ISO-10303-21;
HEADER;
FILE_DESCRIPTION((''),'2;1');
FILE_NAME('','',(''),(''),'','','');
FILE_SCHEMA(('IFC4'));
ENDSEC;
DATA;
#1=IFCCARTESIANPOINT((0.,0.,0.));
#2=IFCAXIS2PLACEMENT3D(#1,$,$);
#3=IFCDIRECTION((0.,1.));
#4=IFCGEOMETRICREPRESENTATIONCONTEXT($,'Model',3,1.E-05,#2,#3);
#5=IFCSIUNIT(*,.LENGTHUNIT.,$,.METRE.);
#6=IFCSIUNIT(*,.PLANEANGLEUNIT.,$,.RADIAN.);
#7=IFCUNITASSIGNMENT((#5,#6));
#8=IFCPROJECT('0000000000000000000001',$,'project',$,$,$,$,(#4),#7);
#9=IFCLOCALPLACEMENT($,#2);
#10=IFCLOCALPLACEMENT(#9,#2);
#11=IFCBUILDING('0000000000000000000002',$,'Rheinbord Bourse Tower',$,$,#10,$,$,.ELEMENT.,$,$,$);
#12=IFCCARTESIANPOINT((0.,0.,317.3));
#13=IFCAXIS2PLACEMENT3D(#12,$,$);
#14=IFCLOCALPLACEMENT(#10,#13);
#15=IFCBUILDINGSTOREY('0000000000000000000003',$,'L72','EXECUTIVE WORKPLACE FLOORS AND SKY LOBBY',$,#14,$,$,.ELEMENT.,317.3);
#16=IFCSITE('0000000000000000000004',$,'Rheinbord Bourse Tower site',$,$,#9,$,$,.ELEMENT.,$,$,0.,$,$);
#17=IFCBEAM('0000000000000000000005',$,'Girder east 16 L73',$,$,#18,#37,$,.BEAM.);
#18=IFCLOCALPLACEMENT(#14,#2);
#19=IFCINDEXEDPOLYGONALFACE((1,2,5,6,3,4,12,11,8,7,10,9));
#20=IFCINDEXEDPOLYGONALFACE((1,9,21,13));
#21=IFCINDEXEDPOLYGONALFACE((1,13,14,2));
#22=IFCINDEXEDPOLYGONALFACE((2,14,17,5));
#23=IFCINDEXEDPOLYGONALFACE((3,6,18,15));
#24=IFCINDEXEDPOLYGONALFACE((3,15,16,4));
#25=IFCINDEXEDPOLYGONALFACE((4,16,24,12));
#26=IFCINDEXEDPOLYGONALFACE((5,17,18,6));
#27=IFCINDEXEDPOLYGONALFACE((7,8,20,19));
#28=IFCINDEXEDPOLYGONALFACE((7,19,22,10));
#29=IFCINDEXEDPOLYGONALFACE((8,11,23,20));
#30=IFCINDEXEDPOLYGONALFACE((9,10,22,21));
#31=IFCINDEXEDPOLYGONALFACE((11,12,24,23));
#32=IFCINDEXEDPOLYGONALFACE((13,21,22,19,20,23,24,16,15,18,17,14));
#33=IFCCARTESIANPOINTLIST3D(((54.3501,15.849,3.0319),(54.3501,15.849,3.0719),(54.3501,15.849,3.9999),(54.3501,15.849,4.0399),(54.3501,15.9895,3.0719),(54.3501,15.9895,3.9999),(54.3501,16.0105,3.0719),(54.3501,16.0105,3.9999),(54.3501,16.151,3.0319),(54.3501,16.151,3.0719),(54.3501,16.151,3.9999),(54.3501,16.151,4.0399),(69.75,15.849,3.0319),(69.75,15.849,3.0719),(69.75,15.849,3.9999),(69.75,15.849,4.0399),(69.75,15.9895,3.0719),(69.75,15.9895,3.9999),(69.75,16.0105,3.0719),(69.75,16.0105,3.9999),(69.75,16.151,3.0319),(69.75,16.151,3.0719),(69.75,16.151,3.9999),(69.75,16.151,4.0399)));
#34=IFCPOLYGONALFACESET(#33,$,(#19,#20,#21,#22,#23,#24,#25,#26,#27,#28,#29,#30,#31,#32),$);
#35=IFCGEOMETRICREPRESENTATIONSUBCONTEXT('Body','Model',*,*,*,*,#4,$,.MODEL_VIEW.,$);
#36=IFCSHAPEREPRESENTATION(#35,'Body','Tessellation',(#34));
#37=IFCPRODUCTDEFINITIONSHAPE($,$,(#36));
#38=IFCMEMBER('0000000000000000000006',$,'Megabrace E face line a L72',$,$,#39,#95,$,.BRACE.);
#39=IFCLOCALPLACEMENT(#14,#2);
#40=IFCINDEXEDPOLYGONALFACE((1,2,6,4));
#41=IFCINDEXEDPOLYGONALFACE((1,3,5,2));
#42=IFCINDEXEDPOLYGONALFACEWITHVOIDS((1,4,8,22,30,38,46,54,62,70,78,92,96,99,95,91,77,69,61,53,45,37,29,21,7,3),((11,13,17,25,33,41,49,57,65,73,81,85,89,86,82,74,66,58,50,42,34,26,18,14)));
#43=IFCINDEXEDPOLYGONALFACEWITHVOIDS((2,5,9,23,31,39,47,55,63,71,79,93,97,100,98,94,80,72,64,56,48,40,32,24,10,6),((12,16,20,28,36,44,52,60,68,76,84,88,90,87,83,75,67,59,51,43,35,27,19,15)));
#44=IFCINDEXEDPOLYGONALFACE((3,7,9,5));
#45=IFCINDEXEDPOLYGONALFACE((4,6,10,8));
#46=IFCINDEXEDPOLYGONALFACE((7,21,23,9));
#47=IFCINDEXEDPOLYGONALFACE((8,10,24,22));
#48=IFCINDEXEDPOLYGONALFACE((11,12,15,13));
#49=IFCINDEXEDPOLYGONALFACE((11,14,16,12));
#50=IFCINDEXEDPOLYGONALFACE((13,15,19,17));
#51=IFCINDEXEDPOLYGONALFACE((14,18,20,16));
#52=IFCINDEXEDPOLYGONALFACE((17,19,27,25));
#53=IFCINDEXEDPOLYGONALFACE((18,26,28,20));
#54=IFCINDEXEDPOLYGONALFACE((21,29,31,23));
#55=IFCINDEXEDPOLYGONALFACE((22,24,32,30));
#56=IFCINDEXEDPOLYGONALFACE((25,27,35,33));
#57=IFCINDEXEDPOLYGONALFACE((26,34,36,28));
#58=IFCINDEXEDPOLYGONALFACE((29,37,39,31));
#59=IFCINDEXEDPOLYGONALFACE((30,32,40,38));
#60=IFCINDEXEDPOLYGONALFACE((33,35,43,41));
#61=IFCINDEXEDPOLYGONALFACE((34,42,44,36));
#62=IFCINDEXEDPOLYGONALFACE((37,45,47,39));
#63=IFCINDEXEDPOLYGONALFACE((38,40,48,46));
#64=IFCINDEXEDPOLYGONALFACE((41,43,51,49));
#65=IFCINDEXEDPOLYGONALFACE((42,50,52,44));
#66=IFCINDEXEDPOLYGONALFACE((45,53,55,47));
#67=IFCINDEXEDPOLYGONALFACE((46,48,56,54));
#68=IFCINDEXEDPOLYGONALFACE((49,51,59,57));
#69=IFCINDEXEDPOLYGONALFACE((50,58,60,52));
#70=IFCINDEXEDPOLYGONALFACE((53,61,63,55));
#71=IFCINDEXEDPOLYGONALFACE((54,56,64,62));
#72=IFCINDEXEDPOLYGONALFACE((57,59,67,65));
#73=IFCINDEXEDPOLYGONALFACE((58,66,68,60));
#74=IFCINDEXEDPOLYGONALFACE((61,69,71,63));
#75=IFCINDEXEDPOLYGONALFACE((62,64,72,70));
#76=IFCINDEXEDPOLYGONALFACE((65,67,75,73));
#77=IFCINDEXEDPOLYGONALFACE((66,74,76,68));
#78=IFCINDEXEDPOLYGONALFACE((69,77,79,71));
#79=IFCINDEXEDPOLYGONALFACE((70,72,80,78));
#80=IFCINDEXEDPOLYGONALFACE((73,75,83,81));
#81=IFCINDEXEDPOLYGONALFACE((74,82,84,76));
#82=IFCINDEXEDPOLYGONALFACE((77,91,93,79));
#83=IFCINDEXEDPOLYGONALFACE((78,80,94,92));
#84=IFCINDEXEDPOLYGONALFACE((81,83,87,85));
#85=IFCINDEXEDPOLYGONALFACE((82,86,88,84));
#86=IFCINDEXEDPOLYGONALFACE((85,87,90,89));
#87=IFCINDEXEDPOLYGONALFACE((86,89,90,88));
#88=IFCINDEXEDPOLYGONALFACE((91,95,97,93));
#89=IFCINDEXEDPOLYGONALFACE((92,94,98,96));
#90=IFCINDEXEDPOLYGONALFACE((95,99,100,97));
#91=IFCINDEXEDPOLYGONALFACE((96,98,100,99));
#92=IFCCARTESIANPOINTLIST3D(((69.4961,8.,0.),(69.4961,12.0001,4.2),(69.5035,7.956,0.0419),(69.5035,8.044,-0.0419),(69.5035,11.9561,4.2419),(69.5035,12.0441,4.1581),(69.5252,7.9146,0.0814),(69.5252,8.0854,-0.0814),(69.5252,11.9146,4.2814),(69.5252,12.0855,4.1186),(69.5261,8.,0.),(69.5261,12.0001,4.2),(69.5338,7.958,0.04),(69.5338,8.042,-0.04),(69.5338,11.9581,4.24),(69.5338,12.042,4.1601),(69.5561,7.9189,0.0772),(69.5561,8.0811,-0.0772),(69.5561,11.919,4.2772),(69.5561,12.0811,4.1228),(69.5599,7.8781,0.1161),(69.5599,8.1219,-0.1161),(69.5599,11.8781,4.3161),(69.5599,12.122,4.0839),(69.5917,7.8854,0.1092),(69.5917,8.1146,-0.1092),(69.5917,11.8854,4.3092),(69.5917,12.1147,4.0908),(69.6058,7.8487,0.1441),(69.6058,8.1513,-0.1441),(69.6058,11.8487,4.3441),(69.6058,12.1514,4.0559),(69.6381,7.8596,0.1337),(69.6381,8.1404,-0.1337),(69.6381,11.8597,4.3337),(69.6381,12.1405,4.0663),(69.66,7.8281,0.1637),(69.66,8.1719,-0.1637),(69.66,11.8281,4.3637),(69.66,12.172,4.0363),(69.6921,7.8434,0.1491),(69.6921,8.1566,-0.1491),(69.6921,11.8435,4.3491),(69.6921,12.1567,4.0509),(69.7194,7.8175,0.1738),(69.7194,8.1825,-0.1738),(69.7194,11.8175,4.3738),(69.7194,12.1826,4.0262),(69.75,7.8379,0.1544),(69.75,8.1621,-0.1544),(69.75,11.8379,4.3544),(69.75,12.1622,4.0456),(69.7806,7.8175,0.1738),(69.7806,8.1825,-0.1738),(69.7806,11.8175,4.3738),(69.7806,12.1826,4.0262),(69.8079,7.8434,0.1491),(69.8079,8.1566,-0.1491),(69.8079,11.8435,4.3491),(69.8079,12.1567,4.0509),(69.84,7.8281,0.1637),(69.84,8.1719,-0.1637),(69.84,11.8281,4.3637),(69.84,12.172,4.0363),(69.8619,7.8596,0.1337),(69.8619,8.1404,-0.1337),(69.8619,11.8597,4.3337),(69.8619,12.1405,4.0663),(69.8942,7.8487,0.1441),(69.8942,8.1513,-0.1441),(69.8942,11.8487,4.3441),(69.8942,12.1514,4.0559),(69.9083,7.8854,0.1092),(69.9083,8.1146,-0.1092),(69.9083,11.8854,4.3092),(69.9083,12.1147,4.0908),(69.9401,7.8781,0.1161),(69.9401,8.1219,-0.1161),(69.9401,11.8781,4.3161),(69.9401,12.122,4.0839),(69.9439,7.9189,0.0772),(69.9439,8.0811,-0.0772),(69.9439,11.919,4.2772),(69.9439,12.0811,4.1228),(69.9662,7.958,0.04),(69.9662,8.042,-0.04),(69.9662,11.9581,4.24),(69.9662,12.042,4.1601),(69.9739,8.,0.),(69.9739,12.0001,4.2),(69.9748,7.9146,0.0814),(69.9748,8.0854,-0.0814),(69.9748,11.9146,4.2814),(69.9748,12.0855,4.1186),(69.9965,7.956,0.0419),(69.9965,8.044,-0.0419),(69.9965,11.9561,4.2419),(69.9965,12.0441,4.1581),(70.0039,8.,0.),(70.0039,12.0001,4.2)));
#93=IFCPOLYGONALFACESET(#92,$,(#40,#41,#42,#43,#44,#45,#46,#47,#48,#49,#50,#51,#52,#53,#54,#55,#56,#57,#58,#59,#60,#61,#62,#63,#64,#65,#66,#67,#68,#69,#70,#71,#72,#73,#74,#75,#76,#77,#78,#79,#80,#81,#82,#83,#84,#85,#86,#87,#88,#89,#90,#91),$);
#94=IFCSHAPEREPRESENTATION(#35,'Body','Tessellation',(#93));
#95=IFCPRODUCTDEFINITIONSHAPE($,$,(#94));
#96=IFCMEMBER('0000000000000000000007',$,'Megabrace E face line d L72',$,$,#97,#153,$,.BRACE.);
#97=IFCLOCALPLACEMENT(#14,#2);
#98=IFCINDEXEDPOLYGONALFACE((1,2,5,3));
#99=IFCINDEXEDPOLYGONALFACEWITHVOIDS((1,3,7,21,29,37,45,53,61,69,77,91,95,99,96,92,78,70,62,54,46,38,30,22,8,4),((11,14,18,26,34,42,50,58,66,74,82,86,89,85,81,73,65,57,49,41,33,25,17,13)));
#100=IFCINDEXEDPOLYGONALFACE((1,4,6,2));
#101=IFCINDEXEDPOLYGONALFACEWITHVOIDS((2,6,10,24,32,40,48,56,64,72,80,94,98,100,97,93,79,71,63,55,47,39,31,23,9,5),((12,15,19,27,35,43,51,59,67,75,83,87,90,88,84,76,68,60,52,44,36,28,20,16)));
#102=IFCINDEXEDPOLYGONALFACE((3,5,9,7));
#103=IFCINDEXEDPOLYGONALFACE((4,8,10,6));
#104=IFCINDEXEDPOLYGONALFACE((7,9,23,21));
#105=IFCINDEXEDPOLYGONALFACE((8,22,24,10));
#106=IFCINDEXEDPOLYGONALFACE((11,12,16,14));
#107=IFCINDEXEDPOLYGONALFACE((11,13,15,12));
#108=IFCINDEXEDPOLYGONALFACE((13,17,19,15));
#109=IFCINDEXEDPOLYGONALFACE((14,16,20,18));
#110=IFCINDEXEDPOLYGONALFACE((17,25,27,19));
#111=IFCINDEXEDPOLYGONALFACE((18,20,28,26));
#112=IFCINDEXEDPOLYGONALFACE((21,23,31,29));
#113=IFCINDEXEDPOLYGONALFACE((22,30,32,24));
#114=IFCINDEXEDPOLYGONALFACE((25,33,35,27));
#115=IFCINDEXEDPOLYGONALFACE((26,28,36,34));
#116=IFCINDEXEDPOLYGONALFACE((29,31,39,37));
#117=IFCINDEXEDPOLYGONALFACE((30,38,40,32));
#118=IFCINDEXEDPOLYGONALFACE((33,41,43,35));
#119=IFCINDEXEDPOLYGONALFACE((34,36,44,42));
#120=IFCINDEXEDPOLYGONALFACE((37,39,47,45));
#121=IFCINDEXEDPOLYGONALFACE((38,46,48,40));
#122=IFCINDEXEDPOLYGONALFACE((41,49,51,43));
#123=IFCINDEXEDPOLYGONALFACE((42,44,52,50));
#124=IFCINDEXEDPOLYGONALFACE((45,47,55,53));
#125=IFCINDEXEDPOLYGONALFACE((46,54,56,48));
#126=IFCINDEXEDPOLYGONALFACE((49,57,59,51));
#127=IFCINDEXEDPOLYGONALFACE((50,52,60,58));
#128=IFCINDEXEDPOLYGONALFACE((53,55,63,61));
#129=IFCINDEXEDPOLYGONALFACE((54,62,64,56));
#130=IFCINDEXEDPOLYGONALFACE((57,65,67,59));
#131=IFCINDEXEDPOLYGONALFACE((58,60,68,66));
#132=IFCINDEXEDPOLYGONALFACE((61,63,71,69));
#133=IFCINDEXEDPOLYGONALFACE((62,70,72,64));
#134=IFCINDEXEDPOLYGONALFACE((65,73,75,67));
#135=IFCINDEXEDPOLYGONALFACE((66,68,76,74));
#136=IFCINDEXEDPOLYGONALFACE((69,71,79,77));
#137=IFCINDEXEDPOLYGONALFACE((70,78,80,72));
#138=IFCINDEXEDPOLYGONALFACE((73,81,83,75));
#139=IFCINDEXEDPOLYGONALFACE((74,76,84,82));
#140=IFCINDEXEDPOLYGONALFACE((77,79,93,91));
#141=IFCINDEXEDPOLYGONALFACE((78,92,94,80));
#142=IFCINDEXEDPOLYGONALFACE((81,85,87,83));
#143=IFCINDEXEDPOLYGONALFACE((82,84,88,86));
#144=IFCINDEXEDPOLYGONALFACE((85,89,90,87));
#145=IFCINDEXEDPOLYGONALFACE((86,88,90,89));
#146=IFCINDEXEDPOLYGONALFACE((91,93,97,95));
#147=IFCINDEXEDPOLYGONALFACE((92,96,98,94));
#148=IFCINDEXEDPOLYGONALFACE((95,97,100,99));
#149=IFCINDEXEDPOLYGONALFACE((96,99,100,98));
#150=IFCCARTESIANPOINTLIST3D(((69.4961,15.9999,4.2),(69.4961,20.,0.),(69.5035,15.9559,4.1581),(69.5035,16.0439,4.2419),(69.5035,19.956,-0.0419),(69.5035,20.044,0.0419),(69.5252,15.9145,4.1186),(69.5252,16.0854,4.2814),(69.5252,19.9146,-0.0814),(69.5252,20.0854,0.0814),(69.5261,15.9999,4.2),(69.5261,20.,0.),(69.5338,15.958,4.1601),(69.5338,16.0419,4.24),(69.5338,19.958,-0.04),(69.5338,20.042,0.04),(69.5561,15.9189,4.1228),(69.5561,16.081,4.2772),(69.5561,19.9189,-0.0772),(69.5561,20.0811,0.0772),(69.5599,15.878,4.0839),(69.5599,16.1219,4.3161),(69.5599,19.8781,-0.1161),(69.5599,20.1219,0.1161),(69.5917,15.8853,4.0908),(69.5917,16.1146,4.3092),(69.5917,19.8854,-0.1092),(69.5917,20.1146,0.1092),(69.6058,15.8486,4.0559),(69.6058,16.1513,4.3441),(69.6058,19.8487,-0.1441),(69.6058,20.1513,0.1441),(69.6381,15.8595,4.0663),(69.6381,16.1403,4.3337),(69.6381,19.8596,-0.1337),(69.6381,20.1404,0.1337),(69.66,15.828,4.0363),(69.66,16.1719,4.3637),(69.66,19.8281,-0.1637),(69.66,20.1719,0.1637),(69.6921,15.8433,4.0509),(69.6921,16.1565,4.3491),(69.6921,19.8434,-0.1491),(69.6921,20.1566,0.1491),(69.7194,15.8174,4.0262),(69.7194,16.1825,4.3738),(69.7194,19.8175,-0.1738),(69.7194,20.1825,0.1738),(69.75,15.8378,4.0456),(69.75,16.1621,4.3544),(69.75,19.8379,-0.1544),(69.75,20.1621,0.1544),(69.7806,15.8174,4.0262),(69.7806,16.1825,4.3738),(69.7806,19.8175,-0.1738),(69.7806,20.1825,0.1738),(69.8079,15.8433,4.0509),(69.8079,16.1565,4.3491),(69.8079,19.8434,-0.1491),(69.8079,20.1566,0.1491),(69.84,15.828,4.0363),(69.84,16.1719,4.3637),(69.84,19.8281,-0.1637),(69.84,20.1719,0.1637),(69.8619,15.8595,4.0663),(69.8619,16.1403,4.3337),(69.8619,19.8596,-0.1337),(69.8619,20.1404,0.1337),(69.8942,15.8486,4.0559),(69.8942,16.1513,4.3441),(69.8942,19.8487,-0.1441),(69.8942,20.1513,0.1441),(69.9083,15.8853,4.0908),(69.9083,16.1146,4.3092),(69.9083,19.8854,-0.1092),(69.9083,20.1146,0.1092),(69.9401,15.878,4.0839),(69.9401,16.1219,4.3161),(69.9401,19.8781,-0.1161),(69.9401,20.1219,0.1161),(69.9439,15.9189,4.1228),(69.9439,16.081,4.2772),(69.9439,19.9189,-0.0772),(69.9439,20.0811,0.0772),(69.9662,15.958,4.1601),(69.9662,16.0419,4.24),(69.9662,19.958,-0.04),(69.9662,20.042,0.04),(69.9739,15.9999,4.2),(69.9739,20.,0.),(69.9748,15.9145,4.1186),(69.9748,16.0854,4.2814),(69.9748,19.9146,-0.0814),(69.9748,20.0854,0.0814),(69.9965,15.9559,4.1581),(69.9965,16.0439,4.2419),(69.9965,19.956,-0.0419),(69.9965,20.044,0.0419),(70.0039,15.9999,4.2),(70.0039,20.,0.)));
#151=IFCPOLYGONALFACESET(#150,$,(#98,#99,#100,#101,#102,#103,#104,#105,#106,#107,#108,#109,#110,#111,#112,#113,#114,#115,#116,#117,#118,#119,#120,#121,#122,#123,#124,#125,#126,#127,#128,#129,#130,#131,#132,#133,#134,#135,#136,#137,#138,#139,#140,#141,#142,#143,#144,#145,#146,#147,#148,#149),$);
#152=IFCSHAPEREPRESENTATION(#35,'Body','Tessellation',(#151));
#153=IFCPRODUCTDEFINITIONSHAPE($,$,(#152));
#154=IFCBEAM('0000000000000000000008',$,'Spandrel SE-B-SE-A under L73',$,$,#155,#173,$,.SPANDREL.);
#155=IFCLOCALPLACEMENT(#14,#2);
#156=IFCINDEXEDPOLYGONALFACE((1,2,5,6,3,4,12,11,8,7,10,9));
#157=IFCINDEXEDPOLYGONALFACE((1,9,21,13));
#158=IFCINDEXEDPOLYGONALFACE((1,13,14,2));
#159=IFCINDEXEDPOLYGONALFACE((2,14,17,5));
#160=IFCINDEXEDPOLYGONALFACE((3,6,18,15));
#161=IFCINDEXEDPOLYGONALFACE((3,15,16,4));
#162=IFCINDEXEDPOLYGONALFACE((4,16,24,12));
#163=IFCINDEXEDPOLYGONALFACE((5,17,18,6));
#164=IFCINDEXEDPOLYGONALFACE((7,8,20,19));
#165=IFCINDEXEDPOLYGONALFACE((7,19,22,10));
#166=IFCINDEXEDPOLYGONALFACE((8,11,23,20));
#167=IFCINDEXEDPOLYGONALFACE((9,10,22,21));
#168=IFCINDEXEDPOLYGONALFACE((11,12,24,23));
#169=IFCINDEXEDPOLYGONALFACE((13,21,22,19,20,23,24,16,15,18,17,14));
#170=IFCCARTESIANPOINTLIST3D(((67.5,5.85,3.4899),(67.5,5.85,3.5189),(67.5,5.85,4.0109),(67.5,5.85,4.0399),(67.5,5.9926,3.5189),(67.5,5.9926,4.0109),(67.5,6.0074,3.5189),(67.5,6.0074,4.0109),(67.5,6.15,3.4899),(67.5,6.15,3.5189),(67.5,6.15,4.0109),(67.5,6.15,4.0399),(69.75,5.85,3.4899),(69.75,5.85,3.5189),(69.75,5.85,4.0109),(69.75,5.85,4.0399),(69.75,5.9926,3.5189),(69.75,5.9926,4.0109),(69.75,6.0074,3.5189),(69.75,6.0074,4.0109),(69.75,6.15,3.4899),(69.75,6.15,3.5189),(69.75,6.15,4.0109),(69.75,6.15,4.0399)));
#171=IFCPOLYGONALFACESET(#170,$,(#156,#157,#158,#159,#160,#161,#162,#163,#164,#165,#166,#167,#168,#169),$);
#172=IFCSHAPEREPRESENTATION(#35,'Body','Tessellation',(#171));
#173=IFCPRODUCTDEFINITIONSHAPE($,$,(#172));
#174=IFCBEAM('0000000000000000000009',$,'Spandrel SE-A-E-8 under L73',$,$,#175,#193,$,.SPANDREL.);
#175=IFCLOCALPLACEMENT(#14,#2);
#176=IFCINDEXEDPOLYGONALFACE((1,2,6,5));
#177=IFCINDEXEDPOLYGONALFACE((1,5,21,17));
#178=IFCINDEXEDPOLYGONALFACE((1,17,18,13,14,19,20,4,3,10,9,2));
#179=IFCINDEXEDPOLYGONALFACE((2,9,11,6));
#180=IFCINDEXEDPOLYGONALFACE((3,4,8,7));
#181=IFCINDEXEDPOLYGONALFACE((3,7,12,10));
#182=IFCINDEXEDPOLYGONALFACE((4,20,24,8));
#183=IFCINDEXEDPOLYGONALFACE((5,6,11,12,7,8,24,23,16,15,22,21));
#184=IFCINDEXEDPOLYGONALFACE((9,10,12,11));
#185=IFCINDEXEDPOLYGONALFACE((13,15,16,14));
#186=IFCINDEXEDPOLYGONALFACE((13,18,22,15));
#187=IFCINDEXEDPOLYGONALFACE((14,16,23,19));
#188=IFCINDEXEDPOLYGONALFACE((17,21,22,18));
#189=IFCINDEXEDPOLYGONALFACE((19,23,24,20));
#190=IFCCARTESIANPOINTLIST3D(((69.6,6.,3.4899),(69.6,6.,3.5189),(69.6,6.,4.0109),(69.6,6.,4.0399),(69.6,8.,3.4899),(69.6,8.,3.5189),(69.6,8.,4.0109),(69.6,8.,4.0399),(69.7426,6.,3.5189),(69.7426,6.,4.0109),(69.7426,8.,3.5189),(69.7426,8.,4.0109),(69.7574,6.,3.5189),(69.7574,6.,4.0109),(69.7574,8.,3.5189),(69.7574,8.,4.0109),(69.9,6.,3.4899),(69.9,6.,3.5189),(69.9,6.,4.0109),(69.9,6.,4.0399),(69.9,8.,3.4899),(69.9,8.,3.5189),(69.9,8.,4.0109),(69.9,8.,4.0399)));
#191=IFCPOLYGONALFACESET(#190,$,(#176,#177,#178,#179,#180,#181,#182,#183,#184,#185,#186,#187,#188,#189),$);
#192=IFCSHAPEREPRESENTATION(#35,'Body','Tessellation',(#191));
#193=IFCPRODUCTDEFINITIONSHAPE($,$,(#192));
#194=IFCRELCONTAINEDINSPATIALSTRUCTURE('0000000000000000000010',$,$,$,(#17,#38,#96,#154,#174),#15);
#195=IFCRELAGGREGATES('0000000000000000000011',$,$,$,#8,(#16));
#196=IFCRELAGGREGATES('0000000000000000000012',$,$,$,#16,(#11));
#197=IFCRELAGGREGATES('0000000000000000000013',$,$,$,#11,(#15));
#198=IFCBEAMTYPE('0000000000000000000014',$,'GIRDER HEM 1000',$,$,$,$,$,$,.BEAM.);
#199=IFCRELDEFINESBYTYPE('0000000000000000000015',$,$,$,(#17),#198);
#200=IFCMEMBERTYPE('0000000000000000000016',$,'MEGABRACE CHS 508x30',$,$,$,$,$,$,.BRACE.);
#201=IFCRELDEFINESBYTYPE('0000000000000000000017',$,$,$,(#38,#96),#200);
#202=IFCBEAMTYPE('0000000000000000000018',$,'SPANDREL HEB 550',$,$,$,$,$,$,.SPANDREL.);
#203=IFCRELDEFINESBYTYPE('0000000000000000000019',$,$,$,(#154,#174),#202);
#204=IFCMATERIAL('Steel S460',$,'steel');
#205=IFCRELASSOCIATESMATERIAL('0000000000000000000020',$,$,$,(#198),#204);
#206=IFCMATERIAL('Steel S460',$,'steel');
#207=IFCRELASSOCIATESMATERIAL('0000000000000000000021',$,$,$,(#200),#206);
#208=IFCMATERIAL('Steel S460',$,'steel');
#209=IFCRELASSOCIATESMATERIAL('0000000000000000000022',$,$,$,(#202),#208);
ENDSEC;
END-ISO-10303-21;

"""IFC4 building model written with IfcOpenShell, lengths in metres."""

from ifc_helpers import new_model, si_unit, direction, frame, origin, origin_2d, place, context, subcontext, project, spatial, hollow_circle, i_section, extrude, material, material_profile, profile_set, type_object, element, save


model = new_model("IFC4")

# Units and contexts
model_context = context("Model", 3, precision=1e-05, world=origin(), true_north=direction((0.0, 1.0)))
body_context = subcontext(model_context, "Body", "Model", "MODEL_VIEW")
ifc_project = project(units=[si_unit("LENGTHUNIT", "METRE"), si_unit("PLANEANGLEUNIT", "RADIAN")], contexts=[model_context])

# Site, building, storey
site_placement = place(None, origin())
site = spatial("IfcSite", under=ifc_project, at=site_placement, Name="Rheinbord Bourse Tower site", CompositionType="ELEMENT", RefElevation=0.0)
building_placement = place(site_placement, origin())
building = spatial("IfcBuilding", under=site, at=building_placement, Name="Rheinbord Bourse Tower", CompositionType="ELEMENT")
storey_placement = place(building_placement, frame((0.0, 0.0, 317.3)))
storey = spatial("IfcBuildingStorey", under=building, at=storey_placement, Name="L72", Description="EXECUTIVE WORKPLACE FLOORS AND SKY LOBBY", CompositionType="ELEMENT", Elevation=317.3)

# Beam
ifc_material_1 = material(Name="Steel S460", Category="steel")
ifc_material_profile_1 = material_profile(ifc_material_1, i_section(OverallWidth=0.302, OverallDepth=1.0081, WebThickness=0.021, FlangeThickness=0.04, at=origin_2d()), Name="HEM 1000")
ifc_profile_set_1 = profile_set([ifc_material_profile_1], Name="Steel S460")
beam_type_1 = type_object("IfcBeamType", Name="GIRDER HEM 1000", PredefinedType="BEAM", material=ifc_profile_set_1)
beam_1_placement = place(storey_placement, frame((54.3501, 16.0, 3.5359), z_axis=(1.0, 0.0, 0.0), x_axis=(0.0, 1.0, 0.0)))
element("IfcBeam", 1, at=beam_1_placement, inside=storey, type_object=beam_type_1, Name="Girder east 16 L73", PredefinedType="BEAM", context=body_context, shape_type="SweptSolid", body=[
    extrude(i_section(OverallWidth=0.302, OverallDepth=1.0081, WebThickness=0.021, FlangeThickness=0.04, at=origin_2d()), origin(), (0.0, 0.0, 1.0), 15.3999),
])

# Members
ifc_material_2 = material(Name="Steel S460", Category="steel")
ifc_material_profile_2 = material_profile(ifc_material_2, hollow_circle(Radius=0.2539, WallThickness=0.03, at=origin_2d()), Name="CHS 508x30")
ifc_profile_set_2 = profile_set([ifc_material_profile_2], Name="Steel S460")
member_type_1 = type_object("IfcMemberType", Name="MEGABRACE CHS 508x30", PredefinedType="BRACE", material=ifc_profile_set_2)
for number, where, z_axis, x_axis, name in (
    (2, (69.75, 8.0, 0.0), (0.0, 0.689659, 0.724134), (-1.0, 0.0, 0.0), "Megabrace E face line a L72"),
    (3, (69.75, 20.0, 0.0), (0.0, -0.689659, 0.724134), (1.0, 0.0, 0.0), "Megabrace E face line d L72"),
):
    element("IfcMember", number, at=place(storey_placement, frame(where, z_axis=z_axis, x_axis=x_axis)), inside=storey, type_object=member_type_1, Name=name, PredefinedType="BRACE", context=body_context, shape_type="SweptSolid", body=[
        extrude(hollow_circle(Radius=0.2539, WallThickness=0.03, at=origin_2d()), origin(), (0.0, 0.0, 1.0), 5.8),
    ])

# Beams
ifc_material_3 = material(Name="Steel S460", Category="steel")
ifc_material_profile_3 = material_profile(ifc_material_3, i_section(OverallWidth=0.3, OverallDepth=0.55, WebThickness=0.0149, FlangeThickness=0.0291, at=origin_2d()), Name="HEB 550")
ifc_profile_set_3 = profile_set([ifc_material_profile_3], Name="Steel S460")
beam_type_2 = type_object("IfcBeamType", Name="SPANDREL HEB 550", PredefinedType="SPANDREL", material=ifc_profile_set_3)
beam_2_placement = place(storey_placement, frame((67.5, 6.0, 3.7649), z_axis=(1.0, 0.0, 0.0), x_axis=(0.0, 1.0, 0.0)))
element("IfcBeam", 4, at=beam_2_placement, inside=storey, type_object=beam_type_2, Name="Spandrel SE-B-SE-A under L73", PredefinedType="SPANDREL", context=body_context, shape_type="SweptSolid", body=[
    extrude(i_section(OverallWidth=0.3, OverallDepth=0.55, WebThickness=0.0149, FlangeThickness=0.0291, at=origin_2d()), origin(), (0.0, 0.0, 1.0), 2.25),
])
beam_3_placement = place(storey_placement, frame((69.75, 6.0, 3.7649), z_axis=(0.0, 1.0, 0.0), x_axis=(-1.0, 0.0, 0.0)))
element("IfcBeam", 5, at=beam_3_placement, inside=storey, type_object=beam_type_2, Name="Spandrel SE-A-E-8 under L73", PredefinedType="SPANDREL", context=body_context, shape_type="SweptSolid", body=[
    extrude(i_section(OverallWidth=0.3, OverallDepth=0.55, WebThickness=0.0149, FlangeThickness=0.0291, at=origin_2d()), origin(), (0.0, 0.0, 1.0), 2.0),
])

save(model, "model.ifc")
